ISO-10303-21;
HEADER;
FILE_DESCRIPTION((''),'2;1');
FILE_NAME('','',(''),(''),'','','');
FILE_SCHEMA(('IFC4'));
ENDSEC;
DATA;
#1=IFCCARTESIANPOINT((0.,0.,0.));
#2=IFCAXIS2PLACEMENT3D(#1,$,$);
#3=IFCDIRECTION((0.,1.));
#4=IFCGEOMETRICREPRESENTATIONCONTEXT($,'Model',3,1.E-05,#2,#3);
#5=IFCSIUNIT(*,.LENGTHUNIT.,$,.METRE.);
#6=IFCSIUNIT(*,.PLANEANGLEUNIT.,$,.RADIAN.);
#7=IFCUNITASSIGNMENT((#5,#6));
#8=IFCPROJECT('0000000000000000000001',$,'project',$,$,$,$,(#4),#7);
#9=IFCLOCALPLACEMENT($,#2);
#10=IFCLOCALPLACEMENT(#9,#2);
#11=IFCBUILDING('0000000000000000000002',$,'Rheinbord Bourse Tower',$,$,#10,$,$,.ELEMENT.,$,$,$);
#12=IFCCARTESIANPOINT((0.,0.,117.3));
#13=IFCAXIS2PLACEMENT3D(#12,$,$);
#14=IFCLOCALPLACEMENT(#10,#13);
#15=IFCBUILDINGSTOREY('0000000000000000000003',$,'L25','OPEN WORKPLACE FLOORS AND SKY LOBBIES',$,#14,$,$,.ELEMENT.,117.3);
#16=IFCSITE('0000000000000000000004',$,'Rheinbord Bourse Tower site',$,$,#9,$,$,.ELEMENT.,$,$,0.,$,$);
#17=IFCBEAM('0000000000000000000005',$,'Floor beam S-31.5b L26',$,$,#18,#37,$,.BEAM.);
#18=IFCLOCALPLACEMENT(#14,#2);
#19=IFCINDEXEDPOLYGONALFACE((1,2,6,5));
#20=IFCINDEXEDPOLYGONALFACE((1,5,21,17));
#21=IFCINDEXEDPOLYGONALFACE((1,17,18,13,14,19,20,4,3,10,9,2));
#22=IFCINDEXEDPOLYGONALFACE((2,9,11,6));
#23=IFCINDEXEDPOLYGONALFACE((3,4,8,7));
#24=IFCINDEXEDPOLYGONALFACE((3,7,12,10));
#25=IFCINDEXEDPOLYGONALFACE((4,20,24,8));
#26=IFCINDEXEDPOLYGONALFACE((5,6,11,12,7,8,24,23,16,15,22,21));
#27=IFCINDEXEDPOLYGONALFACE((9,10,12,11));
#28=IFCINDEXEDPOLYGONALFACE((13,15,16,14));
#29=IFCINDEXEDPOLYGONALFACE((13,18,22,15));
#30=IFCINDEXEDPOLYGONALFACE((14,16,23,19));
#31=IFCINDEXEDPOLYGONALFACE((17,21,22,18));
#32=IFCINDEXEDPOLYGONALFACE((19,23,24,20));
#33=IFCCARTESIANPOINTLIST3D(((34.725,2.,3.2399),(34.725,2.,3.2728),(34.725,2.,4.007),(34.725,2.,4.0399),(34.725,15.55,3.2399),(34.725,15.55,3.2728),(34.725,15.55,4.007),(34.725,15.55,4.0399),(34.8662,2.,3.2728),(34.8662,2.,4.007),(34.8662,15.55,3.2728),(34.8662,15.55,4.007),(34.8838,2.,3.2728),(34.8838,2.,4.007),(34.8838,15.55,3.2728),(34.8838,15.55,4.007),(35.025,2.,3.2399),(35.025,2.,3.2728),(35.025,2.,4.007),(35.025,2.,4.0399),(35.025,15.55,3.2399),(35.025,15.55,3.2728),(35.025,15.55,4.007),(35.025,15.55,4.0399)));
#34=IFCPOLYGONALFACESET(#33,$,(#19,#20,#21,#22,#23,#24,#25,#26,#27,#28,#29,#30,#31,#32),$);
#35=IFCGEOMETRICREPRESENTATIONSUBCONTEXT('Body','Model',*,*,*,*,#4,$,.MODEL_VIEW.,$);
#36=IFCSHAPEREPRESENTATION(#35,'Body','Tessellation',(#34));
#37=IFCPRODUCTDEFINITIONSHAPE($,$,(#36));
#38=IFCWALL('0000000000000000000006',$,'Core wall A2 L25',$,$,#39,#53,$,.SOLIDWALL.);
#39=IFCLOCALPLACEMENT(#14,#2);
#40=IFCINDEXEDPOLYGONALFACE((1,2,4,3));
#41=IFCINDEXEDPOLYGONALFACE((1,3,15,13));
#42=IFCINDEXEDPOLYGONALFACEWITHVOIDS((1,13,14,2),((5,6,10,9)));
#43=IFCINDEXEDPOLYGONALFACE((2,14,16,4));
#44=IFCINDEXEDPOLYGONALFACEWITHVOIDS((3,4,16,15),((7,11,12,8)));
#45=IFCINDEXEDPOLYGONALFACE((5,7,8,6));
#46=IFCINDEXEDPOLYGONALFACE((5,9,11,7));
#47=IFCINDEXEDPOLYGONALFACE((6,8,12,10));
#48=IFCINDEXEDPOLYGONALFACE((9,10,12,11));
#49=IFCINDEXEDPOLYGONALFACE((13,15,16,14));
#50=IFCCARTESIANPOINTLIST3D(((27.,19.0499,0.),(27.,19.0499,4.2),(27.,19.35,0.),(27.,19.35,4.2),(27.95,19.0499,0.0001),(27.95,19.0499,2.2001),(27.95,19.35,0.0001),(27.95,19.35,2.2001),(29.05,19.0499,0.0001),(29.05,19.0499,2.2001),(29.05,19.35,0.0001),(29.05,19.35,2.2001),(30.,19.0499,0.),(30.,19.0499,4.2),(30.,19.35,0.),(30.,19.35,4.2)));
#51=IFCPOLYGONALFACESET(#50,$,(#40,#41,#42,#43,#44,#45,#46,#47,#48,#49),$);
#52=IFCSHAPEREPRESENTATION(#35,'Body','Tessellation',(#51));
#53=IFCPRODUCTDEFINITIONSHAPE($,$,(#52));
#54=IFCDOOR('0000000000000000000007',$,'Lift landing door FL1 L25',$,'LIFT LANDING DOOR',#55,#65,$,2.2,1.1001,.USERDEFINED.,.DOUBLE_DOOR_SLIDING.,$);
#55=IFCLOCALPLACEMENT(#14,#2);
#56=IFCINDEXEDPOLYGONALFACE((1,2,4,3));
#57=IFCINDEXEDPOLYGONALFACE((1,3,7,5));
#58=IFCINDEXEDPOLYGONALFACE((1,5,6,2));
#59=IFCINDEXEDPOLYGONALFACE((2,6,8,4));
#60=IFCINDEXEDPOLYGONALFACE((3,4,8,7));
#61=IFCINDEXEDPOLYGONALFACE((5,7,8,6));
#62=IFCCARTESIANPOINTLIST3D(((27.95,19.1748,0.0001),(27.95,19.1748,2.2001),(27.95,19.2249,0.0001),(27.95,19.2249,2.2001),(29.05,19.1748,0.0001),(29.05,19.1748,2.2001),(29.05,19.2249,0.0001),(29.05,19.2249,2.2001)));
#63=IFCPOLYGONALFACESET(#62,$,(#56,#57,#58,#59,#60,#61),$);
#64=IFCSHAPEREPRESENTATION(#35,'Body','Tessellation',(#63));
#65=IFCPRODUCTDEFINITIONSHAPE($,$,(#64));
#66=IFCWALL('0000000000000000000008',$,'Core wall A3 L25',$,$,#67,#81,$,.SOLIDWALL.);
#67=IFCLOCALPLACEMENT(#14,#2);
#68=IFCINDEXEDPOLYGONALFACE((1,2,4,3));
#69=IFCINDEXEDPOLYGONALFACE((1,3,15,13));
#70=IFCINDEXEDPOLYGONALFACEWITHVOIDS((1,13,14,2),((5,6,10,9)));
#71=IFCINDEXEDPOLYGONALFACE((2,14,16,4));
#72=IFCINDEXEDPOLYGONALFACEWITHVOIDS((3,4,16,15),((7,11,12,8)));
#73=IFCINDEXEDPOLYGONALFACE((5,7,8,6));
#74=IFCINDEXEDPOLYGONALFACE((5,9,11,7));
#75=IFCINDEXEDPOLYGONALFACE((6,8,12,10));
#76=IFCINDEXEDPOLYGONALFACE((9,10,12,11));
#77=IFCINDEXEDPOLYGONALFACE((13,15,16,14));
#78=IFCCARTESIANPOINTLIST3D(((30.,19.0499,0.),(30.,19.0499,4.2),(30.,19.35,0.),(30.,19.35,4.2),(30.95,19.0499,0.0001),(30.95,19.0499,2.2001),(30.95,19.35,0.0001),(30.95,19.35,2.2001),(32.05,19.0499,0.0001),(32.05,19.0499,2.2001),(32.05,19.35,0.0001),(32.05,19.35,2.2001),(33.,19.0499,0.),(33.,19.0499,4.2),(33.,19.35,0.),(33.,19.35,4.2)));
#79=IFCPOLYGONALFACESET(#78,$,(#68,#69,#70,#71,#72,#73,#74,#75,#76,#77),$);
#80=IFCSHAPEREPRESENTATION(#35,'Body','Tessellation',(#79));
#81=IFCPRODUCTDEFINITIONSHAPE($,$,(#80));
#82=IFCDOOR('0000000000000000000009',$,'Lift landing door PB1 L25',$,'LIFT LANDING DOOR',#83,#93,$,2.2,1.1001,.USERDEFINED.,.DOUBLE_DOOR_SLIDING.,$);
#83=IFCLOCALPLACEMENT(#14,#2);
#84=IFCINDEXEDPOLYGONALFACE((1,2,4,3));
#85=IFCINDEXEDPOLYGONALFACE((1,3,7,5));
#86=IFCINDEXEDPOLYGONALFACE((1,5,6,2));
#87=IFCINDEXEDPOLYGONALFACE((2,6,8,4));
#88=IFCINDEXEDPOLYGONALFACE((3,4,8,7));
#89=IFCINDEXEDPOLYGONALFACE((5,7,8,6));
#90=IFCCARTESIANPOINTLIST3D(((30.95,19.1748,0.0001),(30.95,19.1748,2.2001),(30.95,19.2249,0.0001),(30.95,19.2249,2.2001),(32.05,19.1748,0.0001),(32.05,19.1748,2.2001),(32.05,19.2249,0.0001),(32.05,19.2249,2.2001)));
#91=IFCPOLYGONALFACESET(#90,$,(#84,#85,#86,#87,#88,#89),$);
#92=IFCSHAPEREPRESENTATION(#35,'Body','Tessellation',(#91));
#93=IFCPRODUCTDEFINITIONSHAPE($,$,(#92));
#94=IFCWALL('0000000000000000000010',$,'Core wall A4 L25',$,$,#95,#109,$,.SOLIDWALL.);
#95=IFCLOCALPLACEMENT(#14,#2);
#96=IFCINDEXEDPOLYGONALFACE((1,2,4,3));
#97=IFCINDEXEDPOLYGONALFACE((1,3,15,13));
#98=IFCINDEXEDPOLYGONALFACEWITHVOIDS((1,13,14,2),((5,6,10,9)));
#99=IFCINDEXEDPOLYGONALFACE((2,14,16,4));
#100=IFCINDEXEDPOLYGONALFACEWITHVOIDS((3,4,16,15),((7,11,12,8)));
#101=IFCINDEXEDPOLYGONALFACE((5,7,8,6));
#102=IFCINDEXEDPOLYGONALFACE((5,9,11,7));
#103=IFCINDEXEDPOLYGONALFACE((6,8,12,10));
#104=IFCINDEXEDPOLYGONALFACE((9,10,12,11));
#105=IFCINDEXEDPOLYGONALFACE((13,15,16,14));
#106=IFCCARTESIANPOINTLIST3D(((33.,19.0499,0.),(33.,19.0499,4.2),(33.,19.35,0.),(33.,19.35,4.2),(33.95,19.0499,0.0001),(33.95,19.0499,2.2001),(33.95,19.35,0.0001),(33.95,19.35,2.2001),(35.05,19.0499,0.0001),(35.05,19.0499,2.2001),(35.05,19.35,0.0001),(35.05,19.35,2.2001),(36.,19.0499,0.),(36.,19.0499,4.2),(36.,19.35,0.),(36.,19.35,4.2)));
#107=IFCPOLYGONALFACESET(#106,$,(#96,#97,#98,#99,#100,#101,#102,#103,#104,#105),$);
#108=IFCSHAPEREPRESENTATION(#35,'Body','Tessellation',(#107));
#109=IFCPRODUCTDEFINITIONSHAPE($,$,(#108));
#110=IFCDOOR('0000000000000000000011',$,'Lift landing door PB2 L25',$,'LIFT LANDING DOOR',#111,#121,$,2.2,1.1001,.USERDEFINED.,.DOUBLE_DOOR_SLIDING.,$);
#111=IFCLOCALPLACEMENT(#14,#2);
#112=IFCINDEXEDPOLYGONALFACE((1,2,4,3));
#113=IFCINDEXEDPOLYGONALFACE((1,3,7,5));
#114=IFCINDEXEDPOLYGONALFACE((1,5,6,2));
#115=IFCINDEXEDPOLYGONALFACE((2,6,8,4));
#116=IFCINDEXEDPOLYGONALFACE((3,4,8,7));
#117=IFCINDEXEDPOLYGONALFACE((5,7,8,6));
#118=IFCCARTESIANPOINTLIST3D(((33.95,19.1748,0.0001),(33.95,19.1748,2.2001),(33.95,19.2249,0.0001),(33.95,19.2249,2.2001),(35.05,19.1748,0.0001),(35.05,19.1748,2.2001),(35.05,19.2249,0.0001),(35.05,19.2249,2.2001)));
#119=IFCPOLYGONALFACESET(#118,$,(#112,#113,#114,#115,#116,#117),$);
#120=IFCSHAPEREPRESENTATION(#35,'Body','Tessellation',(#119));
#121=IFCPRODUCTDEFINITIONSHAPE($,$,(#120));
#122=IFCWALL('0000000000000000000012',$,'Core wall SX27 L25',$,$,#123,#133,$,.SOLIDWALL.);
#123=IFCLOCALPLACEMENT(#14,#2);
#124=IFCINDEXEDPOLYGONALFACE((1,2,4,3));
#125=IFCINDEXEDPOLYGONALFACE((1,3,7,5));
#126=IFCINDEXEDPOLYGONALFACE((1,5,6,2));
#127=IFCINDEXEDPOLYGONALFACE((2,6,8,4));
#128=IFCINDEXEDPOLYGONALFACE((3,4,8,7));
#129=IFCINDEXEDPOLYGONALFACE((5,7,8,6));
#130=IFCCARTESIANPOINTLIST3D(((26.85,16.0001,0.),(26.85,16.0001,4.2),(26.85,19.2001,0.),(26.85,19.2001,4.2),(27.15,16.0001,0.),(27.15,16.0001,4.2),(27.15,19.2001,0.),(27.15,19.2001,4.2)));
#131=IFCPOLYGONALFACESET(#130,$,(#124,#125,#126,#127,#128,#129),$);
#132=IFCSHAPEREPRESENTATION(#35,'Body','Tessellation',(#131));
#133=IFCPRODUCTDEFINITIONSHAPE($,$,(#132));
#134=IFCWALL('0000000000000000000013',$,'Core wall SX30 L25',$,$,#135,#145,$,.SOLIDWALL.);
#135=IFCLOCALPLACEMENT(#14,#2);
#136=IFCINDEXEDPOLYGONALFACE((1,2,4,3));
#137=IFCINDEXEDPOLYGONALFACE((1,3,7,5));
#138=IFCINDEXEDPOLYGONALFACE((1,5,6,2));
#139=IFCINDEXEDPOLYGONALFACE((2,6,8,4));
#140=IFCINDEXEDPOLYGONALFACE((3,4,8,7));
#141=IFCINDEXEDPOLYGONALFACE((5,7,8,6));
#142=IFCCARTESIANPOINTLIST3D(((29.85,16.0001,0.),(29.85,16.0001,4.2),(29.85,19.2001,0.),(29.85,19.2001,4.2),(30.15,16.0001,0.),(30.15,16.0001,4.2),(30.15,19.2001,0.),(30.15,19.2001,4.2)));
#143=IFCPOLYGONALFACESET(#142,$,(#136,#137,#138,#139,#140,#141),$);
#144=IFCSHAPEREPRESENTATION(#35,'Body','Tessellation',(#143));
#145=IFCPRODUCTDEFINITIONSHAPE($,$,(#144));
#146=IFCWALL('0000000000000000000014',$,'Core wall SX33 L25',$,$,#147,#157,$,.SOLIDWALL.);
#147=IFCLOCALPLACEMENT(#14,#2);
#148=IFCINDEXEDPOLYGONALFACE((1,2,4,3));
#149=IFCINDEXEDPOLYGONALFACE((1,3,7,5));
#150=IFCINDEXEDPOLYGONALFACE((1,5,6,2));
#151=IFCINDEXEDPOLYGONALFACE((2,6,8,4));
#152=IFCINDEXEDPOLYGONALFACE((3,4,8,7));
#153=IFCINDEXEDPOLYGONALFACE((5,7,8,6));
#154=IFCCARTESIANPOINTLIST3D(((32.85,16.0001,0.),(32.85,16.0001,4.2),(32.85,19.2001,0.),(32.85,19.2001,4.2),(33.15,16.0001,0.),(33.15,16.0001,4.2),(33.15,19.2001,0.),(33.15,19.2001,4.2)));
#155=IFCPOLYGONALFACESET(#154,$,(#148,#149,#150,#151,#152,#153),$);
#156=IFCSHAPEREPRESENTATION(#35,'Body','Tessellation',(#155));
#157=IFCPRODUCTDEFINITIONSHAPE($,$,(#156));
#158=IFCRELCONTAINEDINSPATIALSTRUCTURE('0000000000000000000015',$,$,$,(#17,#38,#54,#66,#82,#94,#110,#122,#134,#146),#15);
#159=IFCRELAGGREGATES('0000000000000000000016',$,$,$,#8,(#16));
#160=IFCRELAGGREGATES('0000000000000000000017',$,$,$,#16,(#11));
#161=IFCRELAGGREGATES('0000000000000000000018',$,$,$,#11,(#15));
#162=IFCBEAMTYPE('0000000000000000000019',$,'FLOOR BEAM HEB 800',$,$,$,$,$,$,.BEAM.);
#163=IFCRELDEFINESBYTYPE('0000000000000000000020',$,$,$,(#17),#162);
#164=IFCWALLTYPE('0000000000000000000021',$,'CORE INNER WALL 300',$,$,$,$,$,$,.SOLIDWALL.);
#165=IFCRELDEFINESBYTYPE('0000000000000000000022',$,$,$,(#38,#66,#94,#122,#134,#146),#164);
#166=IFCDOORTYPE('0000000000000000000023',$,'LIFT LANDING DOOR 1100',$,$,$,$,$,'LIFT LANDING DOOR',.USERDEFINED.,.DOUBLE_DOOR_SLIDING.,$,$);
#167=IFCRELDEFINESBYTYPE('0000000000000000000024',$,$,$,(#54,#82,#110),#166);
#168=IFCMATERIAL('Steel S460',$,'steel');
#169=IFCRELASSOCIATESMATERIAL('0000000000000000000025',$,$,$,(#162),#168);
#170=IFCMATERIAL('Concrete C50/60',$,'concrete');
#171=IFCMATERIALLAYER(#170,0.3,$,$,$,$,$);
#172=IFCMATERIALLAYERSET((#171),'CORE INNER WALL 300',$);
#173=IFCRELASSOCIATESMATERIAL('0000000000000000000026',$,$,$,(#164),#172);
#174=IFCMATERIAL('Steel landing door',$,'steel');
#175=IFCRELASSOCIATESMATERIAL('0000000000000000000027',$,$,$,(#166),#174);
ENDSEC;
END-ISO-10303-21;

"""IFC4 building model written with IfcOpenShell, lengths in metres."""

from ifc_helpers import new_model, si_unit, direction, frame, frame_2d, origin, origin_2d, place, context, subcontext, project, spatial, rectangle, i_section, extrude, material, layer, layer_set, material_profile, profile_set, type_object, element, fill, save


model = new_model("IFC4")

# Units and contexts
model_context = context("Model", 3, precision=1e-05, world=origin(), true_north=direction((0.0, 1.0)))
body_context = subcontext(model_context, "Body", "Model", "MODEL_VIEW")
ifc_project = project(units=[si_unit("LENGTHUNIT", "METRE"), si_unit("PLANEANGLEUNIT", "RADIAN")], contexts=[model_context])

# Site, building, storey
site_placement = place(None, origin())
site = spatial("IfcSite", under=ifc_project, at=site_placement, Name="Rheinbord Bourse Tower site", CompositionType="ELEMENT", RefElevation=0.0)
building_placement = place(site_placement, origin())
building = spatial("IfcBuilding", under=site, at=building_placement, Name="Rheinbord Bourse Tower", CompositionType="ELEMENT")
storey_placement = place(building_placement, frame((0.0, 0.0, 117.3)))
storey = spatial("IfcBuildingStorey", under=building, at=storey_placement, Name="L25", Description="OPEN WORKPLACE FLOORS AND SKY LOBBIES", CompositionType="ELEMENT", Elevation=117.3)

# Beam
ifc_material_1 = material(Name="Steel S460", Category="steel")
ifc_material_profile = material_profile(ifc_material_1, i_section(OverallWidth=0.3, OverallDepth=0.8, WebThickness=0.0176, FlangeThickness=0.033, at=origin_2d()), Name="HEB 800")
ifc_profile_set = profile_set([ifc_material_profile], Name="Steel S460")
beam_type = type_object("IfcBeamType", Name="FLOOR BEAM HEB 800", PredefinedType="BEAM", material=ifc_profile_set)
beam_placement = place(storey_placement, frame((34.875, 2.0, 3.6399), z_axis=(0.0, 1.0, 0.0), x_axis=(-1.0, 0.0, 0.0)))
element("IfcBeam", 1, at=beam_placement, inside=storey, type_object=beam_type, Name="Floor beam S-31.5b L26", PredefinedType="BEAM", context=body_context, shape_type="SweptSolid", body=[
    extrude(i_section(OverallWidth=0.3, OverallDepth=0.8, WebThickness=0.0176, FlangeThickness=0.033, at=origin_2d()), origin(), (0.0, 0.0, 1.0), 13.55),
])

# Walls, openings, doors
ifc_material_2 = material(Name="Concrete C50/60", Category="concrete")
ifc_layer_1 = layer(ifc_material_2, 0.3)
ifc_layer_set_1 = layer_set([ifc_layer_1], Name="CORE INNER WALL 300")
wall_type_1 = type_object("IfcWallType", Name="CORE INNER WALL 300", PredefinedType="SOLIDWALL", material=ifc_layer_set_1)
wall_1_placement = place(storey_placement, frame((27.0, 19.2, 0.0), z_axis=(0.0, 0.0, 1.0), x_axis=(1.0, 0.0, 0.0)))
wall_1 = element("IfcWall", 2, at=wall_1_placement, inside=storey, type_object=wall_type_1, Name="Core wall A2 L25", PredefinedType="SOLIDWALL", context=body_context, shape_type="SweptSolid", body=[
    extrude(rectangle(XDim=3.0, YDim=0.3, at=frame_2d((1.5, 0.0))), origin(), (0.0, 0.0, 1.0), 4.2),
])
opening_1_placement = place(wall_1_placement, frame((0.95, 0.0, 0.0)))
opening_1 = element("IfcOpeningElement", 3, at=opening_1_placement, cuts=wall_1, PredefinedType="OPENING", context=body_context, shape_type="SweptSolid", body=[
    extrude(rectangle(XDim=1.1001, YDim=2.2, at=frame_2d((0.55, 1.1001))), frame((0.0, 0.1599, 0.0), z_axis=(0.0, -1.0, 0.0), x_axis=(1.0, 0.0, 0.0)), (0.0, 0.0, 1.0), 0.3201),
])
ifc_material_3 = material(Name="Steel landing door", Category="steel")
door_type_1 = type_object("IfcDoorType", Name="LIFT LANDING DOOR 1100", ElementType="LIFT LANDING DOOR", OperationType="DOUBLE_DOOR_SLIDING", PredefinedType="USERDEFINED", material=ifc_material_3)
door_1_placement = place(opening_1_placement, origin())
door_1 = element("IfcDoor", 4, at=door_1_placement, inside=storey, type_object=door_type_1, Name="Lift landing door FL1 L25", ObjectType="LIFT LANDING DOOR", OperationType="DOUBLE_DOOR_SLIDING", OverallHeight=2.2, OverallWidth=1.1001, PredefinedType="USERDEFINED", context=body_context, shape_type="SweptSolid", body=[
    extrude(rectangle(XDim=1.1001, YDim=2.2, at=frame_2d((0.55, 1.1001))), frame((0.0, 0.0249, 0.0), z_axis=(0.0, -1.0, 0.0), x_axis=(1.0, 0.0, 0.0)), (0.0, 0.0, 1.0), 0.05),
])
fill(opening_1, door_1)
wall_2_placement = place(storey_placement, frame((30.0, 19.2, 0.0), z_axis=(0.0, 0.0, 1.0), x_axis=(1.0, 0.0, 0.0)))
wall_2 = element("IfcWall", 5, at=wall_2_placement, inside=storey, type_object=wall_type_1, Name="Core wall A3 L25", PredefinedType="SOLIDWALL", context=body_context, shape_type="SweptSolid", body=[
    extrude(rectangle(XDim=3.0, YDim=0.3, at=frame_2d((1.5, 0.0))), origin(), (0.0, 0.0, 1.0), 4.2),
])
opening_2_placement = place(wall_2_placement, frame((0.95, 0.0, 0.0)))
opening_2 = element("IfcOpeningElement", 6, at=opening_2_placement, cuts=wall_2, PredefinedType="OPENING", context=body_context, shape_type="SweptSolid", body=[
    extrude(rectangle(XDim=1.1001, YDim=2.2, at=frame_2d((0.55, 1.1001))), frame((0.0, 0.1599, 0.0), z_axis=(0.0, -1.0, 0.0), x_axis=(1.0, 0.0, 0.0)), (0.0, 0.0, 1.0), 0.3201),
])
door_2_placement = place(opening_2_placement, origin())
door_2 = element("IfcDoor", 7, at=door_2_placement, inside=storey, type_object=door_type_1, Name="Lift landing door PB1 L25", ObjectType="LIFT LANDING DOOR", OperationType="DOUBLE_DOOR_SLIDING", OverallHeight=2.2, OverallWidth=1.1001, PredefinedType="USERDEFINED", context=body_context, shape_type="SweptSolid", body=[
    extrude(rectangle(XDim=1.1001, YDim=2.2, at=frame_2d((0.55, 1.1001))), frame((0.0, 0.0249, 0.0), z_axis=(0.0, -1.0, 0.0), x_axis=(1.0, 0.0, 0.0)), (0.0, 0.0, 1.0), 0.05),
])
fill(opening_2, door_2)
wall_3_placement = place(storey_placement, frame((33.0, 19.2, 0.0), z_axis=(0.0, 0.0, 1.0), x_axis=(1.0, 0.0, 0.0)))
wall_3 = element("IfcWall", 8, at=wall_3_placement, inside=storey, type_object=wall_type_1, Name="Core wall A4 L25", PredefinedType="SOLIDWALL", context=body_context, shape_type="SweptSolid", body=[
    extrude(rectangle(XDim=3.0, YDim=0.3, at=frame_2d((1.5, 0.0))), origin(), (0.0, 0.0, 1.0), 4.2),
])
opening_3_placement = place(wall_3_placement, frame((0.95, 0.0, 0.0)))
opening_3 = element("IfcOpeningElement", 9, at=opening_3_placement, cuts=wall_3, PredefinedType="OPENING", context=body_context, shape_type="SweptSolid", body=[
    extrude(rectangle(XDim=1.1001, YDim=2.2, at=frame_2d((0.55, 1.1001))), frame((0.0, 0.1599, 0.0), z_axis=(0.0, -1.0, 0.0), x_axis=(1.0, 0.0, 0.0)), (0.0, 0.0, 1.0), 0.3201),
])
door_3_placement = place(opening_3_placement, origin())
door_3 = element("IfcDoor", 10, at=door_3_placement, inside=storey, type_object=door_type_1, Name="Lift landing door PB2 L25", ObjectType="LIFT LANDING DOOR", OperationType="DOUBLE_DOOR_SLIDING", OverallHeight=2.2, OverallWidth=1.1001, PredefinedType="USERDEFINED", context=body_context, shape_type="SweptSolid", body=[
    extrude(rectangle(XDim=1.1001, YDim=2.2, at=frame_2d((0.55, 1.1001))), frame((0.0, 0.0249, 0.0), z_axis=(0.0, -1.0, 0.0), x_axis=(1.0, 0.0, 0.0)), (0.0, 0.0, 1.0), 0.05),
])
fill(opening_3, door_3)

# Walls
for number, where, z_axis, x_axis, name in (
    (11, (27.0, 16.0, 0.0), (0.0, 0.0, 1.0), (0.0, 1.0, 0.0), "Core wall SX27 L25"),
    (12, (30.0, 16.0, 0.0), (0.0, 0.0, 1.0), (0.0, 1.0, 0.0), "Core wall SX30 L25"),
    (13, (33.0, 16.0, 0.0), (0.0, 0.0, 1.0), (0.0, 1.0, 0.0), "Core wall SX33 L25"),
):
    element("IfcWall", number, at=place(storey_placement, frame(where, z_axis=z_axis, x_axis=x_axis)), inside=storey, type_object=wall_type_1, Name=name, PredefinedType="SOLIDWALL", context=body_context, shape_type="SweptSolid", body=[
        extrude(rectangle(XDim=3.2, YDim=0.3, at=frame_2d((1.6001, 0.0))), origin(), (0.0, 0.0, 1.0), 4.2),
    ])

save(model, "model.ifc")
